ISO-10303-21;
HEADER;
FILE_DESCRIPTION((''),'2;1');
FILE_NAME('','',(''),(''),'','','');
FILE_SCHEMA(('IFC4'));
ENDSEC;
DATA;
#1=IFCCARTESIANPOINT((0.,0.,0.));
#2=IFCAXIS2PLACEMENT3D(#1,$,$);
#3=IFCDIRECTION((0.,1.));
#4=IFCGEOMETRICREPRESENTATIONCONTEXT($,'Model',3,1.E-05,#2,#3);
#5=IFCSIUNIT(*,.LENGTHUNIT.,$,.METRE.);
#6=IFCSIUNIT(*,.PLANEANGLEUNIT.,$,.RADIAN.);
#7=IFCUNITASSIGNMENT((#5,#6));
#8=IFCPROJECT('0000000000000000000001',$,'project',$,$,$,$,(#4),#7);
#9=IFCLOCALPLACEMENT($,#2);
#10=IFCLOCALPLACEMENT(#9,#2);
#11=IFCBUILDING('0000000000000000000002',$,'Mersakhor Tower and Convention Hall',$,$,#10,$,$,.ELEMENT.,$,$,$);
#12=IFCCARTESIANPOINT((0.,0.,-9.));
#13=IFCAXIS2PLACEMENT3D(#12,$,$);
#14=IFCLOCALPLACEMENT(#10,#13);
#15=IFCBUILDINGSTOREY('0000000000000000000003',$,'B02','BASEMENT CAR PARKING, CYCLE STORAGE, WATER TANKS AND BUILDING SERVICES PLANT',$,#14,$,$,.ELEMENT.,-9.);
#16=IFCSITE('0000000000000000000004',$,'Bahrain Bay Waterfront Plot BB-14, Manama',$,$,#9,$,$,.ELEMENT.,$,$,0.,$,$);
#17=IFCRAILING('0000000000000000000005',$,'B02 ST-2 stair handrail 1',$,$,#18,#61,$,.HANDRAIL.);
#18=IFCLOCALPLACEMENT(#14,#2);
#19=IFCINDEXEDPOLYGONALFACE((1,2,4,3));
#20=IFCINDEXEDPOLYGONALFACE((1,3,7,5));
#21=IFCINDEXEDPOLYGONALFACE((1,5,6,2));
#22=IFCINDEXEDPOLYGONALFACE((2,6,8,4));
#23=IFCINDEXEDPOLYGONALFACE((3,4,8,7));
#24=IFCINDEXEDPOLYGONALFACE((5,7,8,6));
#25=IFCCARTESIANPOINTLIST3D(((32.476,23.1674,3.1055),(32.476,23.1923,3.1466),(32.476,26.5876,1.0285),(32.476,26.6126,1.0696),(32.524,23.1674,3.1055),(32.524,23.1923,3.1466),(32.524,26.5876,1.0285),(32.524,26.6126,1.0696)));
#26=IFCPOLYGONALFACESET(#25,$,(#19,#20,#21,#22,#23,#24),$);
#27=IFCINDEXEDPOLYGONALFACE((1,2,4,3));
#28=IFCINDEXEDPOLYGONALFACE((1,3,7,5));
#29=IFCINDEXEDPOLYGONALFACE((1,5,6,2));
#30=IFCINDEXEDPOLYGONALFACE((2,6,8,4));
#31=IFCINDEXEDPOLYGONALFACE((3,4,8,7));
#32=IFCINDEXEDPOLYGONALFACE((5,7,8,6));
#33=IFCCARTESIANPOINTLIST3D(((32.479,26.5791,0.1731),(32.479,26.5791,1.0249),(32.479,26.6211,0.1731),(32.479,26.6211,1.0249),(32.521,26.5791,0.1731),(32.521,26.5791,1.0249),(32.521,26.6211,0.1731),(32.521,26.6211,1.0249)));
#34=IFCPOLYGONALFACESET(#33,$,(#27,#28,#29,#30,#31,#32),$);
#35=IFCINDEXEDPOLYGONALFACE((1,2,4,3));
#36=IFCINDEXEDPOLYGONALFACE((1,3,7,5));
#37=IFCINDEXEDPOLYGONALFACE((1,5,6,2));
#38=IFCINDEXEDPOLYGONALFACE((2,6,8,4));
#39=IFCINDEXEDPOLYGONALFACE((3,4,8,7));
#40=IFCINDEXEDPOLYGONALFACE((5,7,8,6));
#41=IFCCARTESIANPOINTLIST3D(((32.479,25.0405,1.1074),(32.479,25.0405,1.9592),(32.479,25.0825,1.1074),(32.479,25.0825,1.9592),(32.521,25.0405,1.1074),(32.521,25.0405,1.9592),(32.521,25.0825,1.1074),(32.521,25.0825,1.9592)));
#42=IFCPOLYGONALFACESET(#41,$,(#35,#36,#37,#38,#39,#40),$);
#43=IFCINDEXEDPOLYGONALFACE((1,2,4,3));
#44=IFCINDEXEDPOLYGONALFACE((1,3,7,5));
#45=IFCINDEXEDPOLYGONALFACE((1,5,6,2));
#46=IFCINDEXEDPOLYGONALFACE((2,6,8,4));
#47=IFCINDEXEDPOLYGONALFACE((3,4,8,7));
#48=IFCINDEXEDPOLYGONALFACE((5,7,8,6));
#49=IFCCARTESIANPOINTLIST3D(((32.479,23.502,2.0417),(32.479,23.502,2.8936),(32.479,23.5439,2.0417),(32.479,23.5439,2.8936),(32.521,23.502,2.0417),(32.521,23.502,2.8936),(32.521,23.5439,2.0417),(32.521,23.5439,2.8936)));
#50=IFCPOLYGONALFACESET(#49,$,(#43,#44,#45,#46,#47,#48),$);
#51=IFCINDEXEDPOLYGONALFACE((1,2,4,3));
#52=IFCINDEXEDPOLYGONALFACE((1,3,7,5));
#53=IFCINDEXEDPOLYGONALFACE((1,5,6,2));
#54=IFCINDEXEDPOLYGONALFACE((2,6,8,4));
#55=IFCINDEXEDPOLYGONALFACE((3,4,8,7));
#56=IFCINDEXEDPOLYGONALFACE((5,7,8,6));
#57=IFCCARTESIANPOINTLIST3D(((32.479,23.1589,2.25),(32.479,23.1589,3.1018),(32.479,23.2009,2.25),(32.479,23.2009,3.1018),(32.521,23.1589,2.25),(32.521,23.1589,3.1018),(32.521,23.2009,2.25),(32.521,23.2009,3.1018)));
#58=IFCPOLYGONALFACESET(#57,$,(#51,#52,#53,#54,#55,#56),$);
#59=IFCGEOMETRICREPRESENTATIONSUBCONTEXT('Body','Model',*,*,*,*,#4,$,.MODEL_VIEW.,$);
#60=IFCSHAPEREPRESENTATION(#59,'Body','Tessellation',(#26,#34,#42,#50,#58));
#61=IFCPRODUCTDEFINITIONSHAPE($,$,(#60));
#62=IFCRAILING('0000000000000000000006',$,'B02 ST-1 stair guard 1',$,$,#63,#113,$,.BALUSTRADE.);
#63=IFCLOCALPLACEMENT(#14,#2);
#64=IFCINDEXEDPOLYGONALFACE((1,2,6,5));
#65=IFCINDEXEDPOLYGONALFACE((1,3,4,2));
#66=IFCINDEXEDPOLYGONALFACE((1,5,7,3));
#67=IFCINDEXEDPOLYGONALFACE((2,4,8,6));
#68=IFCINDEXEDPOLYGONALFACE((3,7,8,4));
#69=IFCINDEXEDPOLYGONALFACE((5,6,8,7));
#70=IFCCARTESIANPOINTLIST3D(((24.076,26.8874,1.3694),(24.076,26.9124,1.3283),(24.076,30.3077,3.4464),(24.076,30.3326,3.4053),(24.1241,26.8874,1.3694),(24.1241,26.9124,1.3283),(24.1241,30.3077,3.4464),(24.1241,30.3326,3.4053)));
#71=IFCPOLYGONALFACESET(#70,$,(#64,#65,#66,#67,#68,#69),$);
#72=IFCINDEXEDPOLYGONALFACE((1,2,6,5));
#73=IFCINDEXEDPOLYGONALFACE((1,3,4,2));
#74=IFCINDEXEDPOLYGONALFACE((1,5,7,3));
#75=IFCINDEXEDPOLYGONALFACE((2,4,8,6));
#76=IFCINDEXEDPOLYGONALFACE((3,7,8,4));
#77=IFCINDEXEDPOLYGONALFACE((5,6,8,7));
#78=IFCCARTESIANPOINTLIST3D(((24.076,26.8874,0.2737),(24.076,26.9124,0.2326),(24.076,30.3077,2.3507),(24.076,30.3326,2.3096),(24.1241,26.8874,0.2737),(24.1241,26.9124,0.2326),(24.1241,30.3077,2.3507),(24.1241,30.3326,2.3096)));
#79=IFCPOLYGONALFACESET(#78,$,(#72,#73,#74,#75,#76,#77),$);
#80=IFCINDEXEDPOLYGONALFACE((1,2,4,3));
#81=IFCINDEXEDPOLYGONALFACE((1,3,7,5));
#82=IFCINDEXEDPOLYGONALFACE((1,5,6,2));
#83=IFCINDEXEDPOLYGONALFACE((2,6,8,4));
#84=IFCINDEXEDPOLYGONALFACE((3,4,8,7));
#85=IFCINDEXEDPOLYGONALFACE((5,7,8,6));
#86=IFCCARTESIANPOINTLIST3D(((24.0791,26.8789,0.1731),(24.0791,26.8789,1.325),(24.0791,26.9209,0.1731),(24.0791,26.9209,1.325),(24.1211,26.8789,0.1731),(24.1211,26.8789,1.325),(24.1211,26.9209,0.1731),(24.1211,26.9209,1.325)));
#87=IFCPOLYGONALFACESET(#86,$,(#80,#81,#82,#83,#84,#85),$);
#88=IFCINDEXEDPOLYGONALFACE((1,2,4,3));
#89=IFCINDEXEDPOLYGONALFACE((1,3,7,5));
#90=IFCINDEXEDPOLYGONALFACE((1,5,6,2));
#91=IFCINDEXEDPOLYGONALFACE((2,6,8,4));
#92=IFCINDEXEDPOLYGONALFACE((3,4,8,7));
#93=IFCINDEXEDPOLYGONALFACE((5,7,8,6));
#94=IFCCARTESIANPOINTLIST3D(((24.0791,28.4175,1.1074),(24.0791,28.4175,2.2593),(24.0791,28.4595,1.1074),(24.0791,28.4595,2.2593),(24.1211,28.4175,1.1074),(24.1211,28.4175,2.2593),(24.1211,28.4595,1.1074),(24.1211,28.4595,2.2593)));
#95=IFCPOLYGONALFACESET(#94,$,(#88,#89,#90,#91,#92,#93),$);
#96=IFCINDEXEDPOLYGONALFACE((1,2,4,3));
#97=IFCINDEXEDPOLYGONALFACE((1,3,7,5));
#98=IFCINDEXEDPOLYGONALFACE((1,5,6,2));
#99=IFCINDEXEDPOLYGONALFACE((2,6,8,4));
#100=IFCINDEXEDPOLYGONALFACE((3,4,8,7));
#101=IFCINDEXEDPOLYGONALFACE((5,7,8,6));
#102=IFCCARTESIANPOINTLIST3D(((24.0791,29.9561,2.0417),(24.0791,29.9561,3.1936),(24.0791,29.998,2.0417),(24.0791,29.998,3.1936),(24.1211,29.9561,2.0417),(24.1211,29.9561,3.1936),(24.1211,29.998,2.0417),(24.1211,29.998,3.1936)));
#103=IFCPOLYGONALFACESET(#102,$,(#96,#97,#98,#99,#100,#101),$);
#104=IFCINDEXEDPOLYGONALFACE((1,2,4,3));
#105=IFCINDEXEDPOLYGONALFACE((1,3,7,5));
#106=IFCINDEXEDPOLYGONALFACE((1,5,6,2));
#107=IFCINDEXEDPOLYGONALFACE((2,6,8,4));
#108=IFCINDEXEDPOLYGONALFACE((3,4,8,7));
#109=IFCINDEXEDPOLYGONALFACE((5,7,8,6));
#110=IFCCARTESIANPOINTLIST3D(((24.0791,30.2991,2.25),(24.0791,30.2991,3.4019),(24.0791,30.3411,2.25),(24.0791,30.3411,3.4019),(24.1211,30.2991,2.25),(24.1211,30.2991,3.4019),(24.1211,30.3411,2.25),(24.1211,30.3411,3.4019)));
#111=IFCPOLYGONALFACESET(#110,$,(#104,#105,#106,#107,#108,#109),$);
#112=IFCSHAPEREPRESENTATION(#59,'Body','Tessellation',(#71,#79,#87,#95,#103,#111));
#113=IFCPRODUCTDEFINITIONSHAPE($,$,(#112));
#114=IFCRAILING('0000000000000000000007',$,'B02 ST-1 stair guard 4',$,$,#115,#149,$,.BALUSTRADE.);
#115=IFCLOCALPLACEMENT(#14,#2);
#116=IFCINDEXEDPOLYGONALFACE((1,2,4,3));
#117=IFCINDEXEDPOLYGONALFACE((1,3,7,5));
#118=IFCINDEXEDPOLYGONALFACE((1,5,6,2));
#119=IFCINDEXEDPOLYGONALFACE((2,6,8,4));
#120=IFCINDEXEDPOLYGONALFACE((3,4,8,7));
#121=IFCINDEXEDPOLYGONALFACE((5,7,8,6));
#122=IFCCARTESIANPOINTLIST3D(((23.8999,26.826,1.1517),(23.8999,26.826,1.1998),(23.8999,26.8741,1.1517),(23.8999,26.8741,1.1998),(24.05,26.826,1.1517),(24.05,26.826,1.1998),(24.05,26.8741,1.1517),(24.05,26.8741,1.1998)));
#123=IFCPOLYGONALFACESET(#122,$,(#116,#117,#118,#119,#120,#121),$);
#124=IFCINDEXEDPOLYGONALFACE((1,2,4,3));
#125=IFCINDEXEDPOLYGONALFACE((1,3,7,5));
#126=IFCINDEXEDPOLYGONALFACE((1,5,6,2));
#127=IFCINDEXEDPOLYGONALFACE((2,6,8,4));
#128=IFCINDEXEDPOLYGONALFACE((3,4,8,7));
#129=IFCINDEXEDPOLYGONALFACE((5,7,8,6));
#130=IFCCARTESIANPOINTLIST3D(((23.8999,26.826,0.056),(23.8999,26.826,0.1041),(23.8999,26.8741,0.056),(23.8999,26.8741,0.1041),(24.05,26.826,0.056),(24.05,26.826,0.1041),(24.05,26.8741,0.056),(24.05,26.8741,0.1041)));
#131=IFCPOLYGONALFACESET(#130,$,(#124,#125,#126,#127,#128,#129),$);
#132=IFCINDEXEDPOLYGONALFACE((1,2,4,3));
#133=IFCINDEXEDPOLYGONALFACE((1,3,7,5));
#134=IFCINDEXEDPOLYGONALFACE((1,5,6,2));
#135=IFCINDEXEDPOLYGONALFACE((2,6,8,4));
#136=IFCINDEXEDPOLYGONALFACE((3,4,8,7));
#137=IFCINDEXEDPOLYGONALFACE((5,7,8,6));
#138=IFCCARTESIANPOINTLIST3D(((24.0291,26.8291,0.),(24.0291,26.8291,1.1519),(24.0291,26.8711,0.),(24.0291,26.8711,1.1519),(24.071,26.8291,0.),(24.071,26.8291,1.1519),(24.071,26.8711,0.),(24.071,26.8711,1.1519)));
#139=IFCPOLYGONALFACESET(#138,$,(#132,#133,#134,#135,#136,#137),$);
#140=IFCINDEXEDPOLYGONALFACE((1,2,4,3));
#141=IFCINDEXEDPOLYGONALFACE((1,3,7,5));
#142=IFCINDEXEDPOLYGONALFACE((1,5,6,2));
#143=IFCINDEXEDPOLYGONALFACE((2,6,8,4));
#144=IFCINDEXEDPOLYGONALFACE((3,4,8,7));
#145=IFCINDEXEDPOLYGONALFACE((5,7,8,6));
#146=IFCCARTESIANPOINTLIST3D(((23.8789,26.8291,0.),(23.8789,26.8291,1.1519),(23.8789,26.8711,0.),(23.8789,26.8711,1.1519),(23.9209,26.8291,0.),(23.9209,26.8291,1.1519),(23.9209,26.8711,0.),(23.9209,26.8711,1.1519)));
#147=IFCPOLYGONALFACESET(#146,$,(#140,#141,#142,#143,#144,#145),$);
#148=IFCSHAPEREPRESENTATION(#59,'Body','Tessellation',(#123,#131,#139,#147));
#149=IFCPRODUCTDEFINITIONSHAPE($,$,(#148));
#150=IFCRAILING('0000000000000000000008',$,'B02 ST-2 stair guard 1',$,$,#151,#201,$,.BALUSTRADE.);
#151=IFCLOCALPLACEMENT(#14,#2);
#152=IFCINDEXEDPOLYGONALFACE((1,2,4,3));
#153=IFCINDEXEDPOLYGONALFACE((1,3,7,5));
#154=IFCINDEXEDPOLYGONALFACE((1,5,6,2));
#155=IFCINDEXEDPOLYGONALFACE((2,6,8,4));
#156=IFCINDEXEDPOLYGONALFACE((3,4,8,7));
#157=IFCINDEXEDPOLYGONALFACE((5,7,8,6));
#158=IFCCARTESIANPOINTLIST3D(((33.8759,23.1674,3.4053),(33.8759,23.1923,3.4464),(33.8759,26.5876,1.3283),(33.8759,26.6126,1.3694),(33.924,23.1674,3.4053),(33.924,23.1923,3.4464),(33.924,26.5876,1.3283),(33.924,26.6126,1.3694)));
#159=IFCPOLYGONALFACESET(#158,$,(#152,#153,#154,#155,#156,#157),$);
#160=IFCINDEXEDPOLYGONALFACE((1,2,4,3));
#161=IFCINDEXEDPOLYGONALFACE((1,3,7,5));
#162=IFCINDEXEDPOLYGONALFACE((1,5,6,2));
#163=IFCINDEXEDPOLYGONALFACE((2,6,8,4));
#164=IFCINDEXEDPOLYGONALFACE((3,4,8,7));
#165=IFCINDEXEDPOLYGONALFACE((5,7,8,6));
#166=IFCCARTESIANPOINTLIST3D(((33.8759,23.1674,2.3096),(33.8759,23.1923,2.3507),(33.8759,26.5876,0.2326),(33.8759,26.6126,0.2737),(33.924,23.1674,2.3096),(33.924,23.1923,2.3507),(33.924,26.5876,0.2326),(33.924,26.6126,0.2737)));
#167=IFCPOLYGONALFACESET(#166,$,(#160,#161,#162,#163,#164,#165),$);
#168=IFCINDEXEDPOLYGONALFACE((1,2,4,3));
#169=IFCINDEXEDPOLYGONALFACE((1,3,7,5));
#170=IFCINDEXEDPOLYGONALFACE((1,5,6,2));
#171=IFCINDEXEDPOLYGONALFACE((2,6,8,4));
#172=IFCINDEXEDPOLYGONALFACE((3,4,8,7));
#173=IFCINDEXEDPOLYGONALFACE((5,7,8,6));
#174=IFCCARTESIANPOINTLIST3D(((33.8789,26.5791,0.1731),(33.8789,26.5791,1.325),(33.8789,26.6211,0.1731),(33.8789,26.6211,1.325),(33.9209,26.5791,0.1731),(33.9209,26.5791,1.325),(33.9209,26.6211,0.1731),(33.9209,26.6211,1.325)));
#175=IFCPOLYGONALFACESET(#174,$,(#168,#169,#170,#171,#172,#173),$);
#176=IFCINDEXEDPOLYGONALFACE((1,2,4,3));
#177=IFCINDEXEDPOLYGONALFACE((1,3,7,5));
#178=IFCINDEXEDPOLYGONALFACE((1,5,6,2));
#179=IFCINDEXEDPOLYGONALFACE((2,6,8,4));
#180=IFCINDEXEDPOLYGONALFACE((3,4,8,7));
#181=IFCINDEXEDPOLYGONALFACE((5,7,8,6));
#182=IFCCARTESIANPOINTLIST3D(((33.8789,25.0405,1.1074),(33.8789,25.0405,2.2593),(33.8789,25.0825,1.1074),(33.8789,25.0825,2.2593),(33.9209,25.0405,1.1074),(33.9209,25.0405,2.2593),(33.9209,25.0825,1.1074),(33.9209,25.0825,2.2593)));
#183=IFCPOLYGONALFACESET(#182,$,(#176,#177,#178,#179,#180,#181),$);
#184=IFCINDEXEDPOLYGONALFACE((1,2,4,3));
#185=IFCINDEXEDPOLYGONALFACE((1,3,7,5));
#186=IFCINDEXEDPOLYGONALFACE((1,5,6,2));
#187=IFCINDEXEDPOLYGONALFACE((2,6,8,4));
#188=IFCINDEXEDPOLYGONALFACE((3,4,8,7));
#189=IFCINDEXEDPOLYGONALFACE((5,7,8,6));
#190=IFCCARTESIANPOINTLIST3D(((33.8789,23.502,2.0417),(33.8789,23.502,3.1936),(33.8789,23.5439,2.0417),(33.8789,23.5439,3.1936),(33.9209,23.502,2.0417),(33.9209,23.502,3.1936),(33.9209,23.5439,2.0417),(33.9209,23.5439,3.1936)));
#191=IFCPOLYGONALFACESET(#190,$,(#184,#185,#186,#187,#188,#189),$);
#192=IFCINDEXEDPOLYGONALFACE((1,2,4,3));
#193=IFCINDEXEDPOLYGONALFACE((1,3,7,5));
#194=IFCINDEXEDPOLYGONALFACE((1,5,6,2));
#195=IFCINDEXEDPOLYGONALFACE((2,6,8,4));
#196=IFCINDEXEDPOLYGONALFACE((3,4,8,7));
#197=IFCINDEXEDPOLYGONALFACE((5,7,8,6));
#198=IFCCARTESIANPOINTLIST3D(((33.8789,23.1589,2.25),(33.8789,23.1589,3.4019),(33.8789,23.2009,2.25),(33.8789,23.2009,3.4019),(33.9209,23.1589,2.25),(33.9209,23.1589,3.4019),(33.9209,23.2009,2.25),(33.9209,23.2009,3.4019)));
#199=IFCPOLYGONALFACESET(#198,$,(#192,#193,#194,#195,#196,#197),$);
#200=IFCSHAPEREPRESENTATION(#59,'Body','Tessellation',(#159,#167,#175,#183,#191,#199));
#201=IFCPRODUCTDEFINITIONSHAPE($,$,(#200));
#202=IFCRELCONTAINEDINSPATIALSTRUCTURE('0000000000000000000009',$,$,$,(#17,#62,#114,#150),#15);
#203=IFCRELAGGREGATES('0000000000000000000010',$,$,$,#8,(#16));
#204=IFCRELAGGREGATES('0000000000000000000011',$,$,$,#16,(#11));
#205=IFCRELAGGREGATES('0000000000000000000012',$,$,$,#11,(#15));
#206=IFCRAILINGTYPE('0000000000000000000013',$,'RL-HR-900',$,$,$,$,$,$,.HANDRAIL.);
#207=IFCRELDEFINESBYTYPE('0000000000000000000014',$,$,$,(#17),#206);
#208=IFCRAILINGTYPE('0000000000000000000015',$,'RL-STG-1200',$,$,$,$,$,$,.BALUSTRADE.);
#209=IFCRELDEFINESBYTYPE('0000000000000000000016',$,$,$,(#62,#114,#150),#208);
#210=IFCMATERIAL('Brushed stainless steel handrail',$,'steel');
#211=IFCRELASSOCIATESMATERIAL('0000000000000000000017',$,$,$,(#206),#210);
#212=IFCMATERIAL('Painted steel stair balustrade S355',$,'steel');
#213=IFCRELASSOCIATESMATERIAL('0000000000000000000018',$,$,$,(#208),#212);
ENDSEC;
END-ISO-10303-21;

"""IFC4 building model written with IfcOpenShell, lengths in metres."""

from ifc_helpers import new_model, si_unit, direction, frame, origin, origin_2d, place, context, subcontext, project, spatial, rectangle, extrude, material, type_object, element, save


model = new_model("IFC4")

# Units and contexts
model_context = context("Model", 3, precision=1e-05, world=origin(), true_north=direction((0.0, 1.0)))
body_context = subcontext(model_context, "Body", "Model", "MODEL_VIEW")
ifc_project = project(units=[si_unit("LENGTHUNIT", "METRE"), si_unit("PLANEANGLEUNIT", "RADIAN")], contexts=[model_context])

# Site, building, storey
site_placement = place(None, origin())
site = spatial("IfcSite", under=ifc_project, at=site_placement, Name="Bahrain Bay Waterfront Plot BB-14, Manama", CompositionType="ELEMENT", RefElevation=0.0)
building_placement = place(site_placement, origin())
building = spatial("IfcBuilding", under=site, at=building_placement, Name="Mersakhor Tower and Convention Hall", CompositionType="ELEMENT")
storey_placement = place(building_placement, frame((0.0, 0.0, -9.0)))
storey = spatial("IfcBuildingStorey", under=building, at=storey_placement, Name="B02", Description="BASEMENT CAR PARKING, CYCLE STORAGE, WATER TANKS AND BUILDING SERVICES PLANT", CompositionType="ELEMENT", Elevation=-9.0)

# Railings
ifc_material_1 = material(Name="Brushed stainless steel handrail", Category="steel")
railing_type_1 = type_object("IfcRailingType", Name="RL-HR-900", PredefinedType="HANDRAIL", material=ifc_material_1)
railing_1_placement = place(storey_placement, frame((32.5, 26.6001, 0.1731)))
element("IfcRailing", 1, at=railing_1_placement, inside=storey, type_object=railing_type_1, Name="B02 ST-2 stair handrail 1", PredefinedType="HANDRAIL", context=body_context, shape_type="SweptSolid", body=[
    extrude(rectangle(XDim=0.0481, YDim=0.0481, at=origin_2d()), frame((0.0, 0.0, 0.876), z_axis=(0.0, -0.854746, 0.519047), x_axis=(1.0, 0.0, 0.0)), (0.0, 0.0, 1.0), 4.0015),
    extrude(rectangle(XDim=0.042, YDim=0.042, at=origin_2d()), origin(), (0.0, 0.0, 1.0), 0.8518),
    extrude(rectangle(XDim=0.042, YDim=0.042, at=origin_2d()), frame((0.0, -1.5386, 0.9343)), (0.0, 0.0, 1.0), 0.8518),
    extrude(rectangle(XDim=0.042, YDim=0.042, at=origin_2d()), frame((0.0, -3.0771, 1.8687)), (0.0, 0.0, 1.0), 0.8518),
    extrude(rectangle(XDim=0.042, YDim=0.042, at=origin_2d()), frame((0.0, -3.4202, 2.0769)), (0.0, 0.0, 1.0), 0.8518),
])
ifc_material_2 = material(Name="Painted steel stair balustrade S355", Category="steel")
railing_type_2 = type_object("IfcRailingType", Name="RL-STG-1200", PredefinedType="BALUSTRADE", material=ifc_material_2)
railing_2_placement = place(storey_placement, frame((24.1001, 26.8999, 0.1731)))
element("IfcRailing", 2, at=railing_2_placement, inside=storey, type_object=railing_type_2, Name="B02 ST-1 stair guard 1", PredefinedType="BALUSTRADE", context=body_context, shape_type="SweptSolid", body=[
    extrude(rectangle(XDim=0.0481, YDim=0.0481, at=origin_2d()), frame((0.0, 0.0, 1.1758), z_axis=(0.0, 0.854746, 0.519047), x_axis=(-1.0, 0.0, 0.0)), (0.0, 0.0, 1.0), 4.0015),
    extrude(rectangle(XDim=0.0481, YDim=0.0481, at=origin_2d()), frame((0.0, 0.0, 0.0801), z_axis=(0.0, 0.854746, 0.519047), x_axis=(-1.0, 0.0, 0.0)), (0.0, 0.0, 1.0), 4.0015),
    extrude(rectangle(XDim=0.042, YDim=0.042, at=origin_2d()), origin(), (0.0, 0.0, 1.0), 1.1519),
    extrude(rectangle(XDim=0.042, YDim=0.042, at=origin_2d()), frame((0.0, 1.5386, 0.9343)), (0.0, 0.0, 1.0), 1.1519),
    extrude(rectangle(XDim=0.042, YDim=0.042, at=origin_2d()), frame((0.0, 3.0771, 1.8687)), (0.0, 0.0, 1.0), 1.1519),
    extrude(rectangle(XDim=0.042, YDim=0.042, at=origin_2d()), frame((0.0, 3.4202, 2.0769)), (0.0, 0.0, 1.0), 1.1519),
])
railing_3_placement = place(storey_placement, frame((24.05, 26.8501, 0.0)))
element("IfcRailing", 3, at=railing_3_placement, inside=storey, type_object=railing_type_2, Name="B02 ST-1 stair guard 4", PredefinedType="BALUSTRADE", context=body_context, shape_type="SweptSolid", body=[
    extrude(rectangle(XDim=0.0481, YDim=0.0481, at=origin_2d()), frame((0.0, 0.0, 1.1758), z_axis=(-1.0, 0.0, 0.0), x_axis=(0.0, -1.0, 0.0)), (0.0, 0.0, 1.0), 0.1501),
    extrude(rectangle(XDim=0.0481, YDim=0.0481, at=origin_2d()), frame((0.0, 0.0, 0.0801), z_axis=(-1.0, 0.0, 0.0), x_axis=(0.0, -1.0, 0.0)), (0.0, 0.0, 1.0), 0.1501),
    extrude(rectangle(XDim=0.042, YDim=0.042, at=origin_2d()), origin(), (0.0, 0.0, 1.0), 1.1519),
    extrude(rectangle(XDim=0.042, YDim=0.042, at=origin_2d()), frame((-0.1501, 0.0, 0.0)), (0.0, 0.0, 1.0), 1.1519),
])
railing_4_placement = place(storey_placement, frame((33.8999, 26.6001, 0.1731)))
element("IfcRailing", 4, at=railing_4_placement, inside=storey, type_object=railing_type_2, Name="B02 ST-2 stair guard 1", PredefinedType="BALUSTRADE", context=body_context, shape_type="SweptSolid", body=[
    extrude(rectangle(XDim=0.0481, YDim=0.0481, at=origin_2d()), frame((0.0, 0.0, 1.1758), z_axis=(0.0, -0.854746, 0.519047), x_axis=(1.0, 0.0, 0.0)), (0.0, 0.0, 1.0), 4.0015),
    extrude(rectangle(XDim=0.0481, YDim=0.0481, at=origin_2d()), frame((0.0, 0.0, 0.0801), z_axis=(0.0, -0.854746, 0.519047), x_axis=(1.0, 0.0, 0.0)), (0.0, 0.0, 1.0), 4.0015),
    extrude(rectangle(XDim=0.042, YDim=0.042, at=origin_2d()), origin(), (0.0, 0.0, 1.0), 1.1519),
    extrude(rectangle(XDim=0.042, YDim=0.042, at=origin_2d()), frame((0.0, -1.5386, 0.9343)), (0.0, 0.0, 1.0), 1.1519),
    extrude(rectangle(XDim=0.042, YDim=0.042, at=origin_2d()), frame((0.0, -3.0771, 1.8687)), (0.0, 0.0, 1.0), 1.1519),
    extrude(rectangle(XDim=0.042, YDim=0.042, at=origin_2d()), frame((0.0, -3.4202, 2.0769)), (0.0, 0.0, 1.0), 1.1519),
])

save(model, "model.ifc")
